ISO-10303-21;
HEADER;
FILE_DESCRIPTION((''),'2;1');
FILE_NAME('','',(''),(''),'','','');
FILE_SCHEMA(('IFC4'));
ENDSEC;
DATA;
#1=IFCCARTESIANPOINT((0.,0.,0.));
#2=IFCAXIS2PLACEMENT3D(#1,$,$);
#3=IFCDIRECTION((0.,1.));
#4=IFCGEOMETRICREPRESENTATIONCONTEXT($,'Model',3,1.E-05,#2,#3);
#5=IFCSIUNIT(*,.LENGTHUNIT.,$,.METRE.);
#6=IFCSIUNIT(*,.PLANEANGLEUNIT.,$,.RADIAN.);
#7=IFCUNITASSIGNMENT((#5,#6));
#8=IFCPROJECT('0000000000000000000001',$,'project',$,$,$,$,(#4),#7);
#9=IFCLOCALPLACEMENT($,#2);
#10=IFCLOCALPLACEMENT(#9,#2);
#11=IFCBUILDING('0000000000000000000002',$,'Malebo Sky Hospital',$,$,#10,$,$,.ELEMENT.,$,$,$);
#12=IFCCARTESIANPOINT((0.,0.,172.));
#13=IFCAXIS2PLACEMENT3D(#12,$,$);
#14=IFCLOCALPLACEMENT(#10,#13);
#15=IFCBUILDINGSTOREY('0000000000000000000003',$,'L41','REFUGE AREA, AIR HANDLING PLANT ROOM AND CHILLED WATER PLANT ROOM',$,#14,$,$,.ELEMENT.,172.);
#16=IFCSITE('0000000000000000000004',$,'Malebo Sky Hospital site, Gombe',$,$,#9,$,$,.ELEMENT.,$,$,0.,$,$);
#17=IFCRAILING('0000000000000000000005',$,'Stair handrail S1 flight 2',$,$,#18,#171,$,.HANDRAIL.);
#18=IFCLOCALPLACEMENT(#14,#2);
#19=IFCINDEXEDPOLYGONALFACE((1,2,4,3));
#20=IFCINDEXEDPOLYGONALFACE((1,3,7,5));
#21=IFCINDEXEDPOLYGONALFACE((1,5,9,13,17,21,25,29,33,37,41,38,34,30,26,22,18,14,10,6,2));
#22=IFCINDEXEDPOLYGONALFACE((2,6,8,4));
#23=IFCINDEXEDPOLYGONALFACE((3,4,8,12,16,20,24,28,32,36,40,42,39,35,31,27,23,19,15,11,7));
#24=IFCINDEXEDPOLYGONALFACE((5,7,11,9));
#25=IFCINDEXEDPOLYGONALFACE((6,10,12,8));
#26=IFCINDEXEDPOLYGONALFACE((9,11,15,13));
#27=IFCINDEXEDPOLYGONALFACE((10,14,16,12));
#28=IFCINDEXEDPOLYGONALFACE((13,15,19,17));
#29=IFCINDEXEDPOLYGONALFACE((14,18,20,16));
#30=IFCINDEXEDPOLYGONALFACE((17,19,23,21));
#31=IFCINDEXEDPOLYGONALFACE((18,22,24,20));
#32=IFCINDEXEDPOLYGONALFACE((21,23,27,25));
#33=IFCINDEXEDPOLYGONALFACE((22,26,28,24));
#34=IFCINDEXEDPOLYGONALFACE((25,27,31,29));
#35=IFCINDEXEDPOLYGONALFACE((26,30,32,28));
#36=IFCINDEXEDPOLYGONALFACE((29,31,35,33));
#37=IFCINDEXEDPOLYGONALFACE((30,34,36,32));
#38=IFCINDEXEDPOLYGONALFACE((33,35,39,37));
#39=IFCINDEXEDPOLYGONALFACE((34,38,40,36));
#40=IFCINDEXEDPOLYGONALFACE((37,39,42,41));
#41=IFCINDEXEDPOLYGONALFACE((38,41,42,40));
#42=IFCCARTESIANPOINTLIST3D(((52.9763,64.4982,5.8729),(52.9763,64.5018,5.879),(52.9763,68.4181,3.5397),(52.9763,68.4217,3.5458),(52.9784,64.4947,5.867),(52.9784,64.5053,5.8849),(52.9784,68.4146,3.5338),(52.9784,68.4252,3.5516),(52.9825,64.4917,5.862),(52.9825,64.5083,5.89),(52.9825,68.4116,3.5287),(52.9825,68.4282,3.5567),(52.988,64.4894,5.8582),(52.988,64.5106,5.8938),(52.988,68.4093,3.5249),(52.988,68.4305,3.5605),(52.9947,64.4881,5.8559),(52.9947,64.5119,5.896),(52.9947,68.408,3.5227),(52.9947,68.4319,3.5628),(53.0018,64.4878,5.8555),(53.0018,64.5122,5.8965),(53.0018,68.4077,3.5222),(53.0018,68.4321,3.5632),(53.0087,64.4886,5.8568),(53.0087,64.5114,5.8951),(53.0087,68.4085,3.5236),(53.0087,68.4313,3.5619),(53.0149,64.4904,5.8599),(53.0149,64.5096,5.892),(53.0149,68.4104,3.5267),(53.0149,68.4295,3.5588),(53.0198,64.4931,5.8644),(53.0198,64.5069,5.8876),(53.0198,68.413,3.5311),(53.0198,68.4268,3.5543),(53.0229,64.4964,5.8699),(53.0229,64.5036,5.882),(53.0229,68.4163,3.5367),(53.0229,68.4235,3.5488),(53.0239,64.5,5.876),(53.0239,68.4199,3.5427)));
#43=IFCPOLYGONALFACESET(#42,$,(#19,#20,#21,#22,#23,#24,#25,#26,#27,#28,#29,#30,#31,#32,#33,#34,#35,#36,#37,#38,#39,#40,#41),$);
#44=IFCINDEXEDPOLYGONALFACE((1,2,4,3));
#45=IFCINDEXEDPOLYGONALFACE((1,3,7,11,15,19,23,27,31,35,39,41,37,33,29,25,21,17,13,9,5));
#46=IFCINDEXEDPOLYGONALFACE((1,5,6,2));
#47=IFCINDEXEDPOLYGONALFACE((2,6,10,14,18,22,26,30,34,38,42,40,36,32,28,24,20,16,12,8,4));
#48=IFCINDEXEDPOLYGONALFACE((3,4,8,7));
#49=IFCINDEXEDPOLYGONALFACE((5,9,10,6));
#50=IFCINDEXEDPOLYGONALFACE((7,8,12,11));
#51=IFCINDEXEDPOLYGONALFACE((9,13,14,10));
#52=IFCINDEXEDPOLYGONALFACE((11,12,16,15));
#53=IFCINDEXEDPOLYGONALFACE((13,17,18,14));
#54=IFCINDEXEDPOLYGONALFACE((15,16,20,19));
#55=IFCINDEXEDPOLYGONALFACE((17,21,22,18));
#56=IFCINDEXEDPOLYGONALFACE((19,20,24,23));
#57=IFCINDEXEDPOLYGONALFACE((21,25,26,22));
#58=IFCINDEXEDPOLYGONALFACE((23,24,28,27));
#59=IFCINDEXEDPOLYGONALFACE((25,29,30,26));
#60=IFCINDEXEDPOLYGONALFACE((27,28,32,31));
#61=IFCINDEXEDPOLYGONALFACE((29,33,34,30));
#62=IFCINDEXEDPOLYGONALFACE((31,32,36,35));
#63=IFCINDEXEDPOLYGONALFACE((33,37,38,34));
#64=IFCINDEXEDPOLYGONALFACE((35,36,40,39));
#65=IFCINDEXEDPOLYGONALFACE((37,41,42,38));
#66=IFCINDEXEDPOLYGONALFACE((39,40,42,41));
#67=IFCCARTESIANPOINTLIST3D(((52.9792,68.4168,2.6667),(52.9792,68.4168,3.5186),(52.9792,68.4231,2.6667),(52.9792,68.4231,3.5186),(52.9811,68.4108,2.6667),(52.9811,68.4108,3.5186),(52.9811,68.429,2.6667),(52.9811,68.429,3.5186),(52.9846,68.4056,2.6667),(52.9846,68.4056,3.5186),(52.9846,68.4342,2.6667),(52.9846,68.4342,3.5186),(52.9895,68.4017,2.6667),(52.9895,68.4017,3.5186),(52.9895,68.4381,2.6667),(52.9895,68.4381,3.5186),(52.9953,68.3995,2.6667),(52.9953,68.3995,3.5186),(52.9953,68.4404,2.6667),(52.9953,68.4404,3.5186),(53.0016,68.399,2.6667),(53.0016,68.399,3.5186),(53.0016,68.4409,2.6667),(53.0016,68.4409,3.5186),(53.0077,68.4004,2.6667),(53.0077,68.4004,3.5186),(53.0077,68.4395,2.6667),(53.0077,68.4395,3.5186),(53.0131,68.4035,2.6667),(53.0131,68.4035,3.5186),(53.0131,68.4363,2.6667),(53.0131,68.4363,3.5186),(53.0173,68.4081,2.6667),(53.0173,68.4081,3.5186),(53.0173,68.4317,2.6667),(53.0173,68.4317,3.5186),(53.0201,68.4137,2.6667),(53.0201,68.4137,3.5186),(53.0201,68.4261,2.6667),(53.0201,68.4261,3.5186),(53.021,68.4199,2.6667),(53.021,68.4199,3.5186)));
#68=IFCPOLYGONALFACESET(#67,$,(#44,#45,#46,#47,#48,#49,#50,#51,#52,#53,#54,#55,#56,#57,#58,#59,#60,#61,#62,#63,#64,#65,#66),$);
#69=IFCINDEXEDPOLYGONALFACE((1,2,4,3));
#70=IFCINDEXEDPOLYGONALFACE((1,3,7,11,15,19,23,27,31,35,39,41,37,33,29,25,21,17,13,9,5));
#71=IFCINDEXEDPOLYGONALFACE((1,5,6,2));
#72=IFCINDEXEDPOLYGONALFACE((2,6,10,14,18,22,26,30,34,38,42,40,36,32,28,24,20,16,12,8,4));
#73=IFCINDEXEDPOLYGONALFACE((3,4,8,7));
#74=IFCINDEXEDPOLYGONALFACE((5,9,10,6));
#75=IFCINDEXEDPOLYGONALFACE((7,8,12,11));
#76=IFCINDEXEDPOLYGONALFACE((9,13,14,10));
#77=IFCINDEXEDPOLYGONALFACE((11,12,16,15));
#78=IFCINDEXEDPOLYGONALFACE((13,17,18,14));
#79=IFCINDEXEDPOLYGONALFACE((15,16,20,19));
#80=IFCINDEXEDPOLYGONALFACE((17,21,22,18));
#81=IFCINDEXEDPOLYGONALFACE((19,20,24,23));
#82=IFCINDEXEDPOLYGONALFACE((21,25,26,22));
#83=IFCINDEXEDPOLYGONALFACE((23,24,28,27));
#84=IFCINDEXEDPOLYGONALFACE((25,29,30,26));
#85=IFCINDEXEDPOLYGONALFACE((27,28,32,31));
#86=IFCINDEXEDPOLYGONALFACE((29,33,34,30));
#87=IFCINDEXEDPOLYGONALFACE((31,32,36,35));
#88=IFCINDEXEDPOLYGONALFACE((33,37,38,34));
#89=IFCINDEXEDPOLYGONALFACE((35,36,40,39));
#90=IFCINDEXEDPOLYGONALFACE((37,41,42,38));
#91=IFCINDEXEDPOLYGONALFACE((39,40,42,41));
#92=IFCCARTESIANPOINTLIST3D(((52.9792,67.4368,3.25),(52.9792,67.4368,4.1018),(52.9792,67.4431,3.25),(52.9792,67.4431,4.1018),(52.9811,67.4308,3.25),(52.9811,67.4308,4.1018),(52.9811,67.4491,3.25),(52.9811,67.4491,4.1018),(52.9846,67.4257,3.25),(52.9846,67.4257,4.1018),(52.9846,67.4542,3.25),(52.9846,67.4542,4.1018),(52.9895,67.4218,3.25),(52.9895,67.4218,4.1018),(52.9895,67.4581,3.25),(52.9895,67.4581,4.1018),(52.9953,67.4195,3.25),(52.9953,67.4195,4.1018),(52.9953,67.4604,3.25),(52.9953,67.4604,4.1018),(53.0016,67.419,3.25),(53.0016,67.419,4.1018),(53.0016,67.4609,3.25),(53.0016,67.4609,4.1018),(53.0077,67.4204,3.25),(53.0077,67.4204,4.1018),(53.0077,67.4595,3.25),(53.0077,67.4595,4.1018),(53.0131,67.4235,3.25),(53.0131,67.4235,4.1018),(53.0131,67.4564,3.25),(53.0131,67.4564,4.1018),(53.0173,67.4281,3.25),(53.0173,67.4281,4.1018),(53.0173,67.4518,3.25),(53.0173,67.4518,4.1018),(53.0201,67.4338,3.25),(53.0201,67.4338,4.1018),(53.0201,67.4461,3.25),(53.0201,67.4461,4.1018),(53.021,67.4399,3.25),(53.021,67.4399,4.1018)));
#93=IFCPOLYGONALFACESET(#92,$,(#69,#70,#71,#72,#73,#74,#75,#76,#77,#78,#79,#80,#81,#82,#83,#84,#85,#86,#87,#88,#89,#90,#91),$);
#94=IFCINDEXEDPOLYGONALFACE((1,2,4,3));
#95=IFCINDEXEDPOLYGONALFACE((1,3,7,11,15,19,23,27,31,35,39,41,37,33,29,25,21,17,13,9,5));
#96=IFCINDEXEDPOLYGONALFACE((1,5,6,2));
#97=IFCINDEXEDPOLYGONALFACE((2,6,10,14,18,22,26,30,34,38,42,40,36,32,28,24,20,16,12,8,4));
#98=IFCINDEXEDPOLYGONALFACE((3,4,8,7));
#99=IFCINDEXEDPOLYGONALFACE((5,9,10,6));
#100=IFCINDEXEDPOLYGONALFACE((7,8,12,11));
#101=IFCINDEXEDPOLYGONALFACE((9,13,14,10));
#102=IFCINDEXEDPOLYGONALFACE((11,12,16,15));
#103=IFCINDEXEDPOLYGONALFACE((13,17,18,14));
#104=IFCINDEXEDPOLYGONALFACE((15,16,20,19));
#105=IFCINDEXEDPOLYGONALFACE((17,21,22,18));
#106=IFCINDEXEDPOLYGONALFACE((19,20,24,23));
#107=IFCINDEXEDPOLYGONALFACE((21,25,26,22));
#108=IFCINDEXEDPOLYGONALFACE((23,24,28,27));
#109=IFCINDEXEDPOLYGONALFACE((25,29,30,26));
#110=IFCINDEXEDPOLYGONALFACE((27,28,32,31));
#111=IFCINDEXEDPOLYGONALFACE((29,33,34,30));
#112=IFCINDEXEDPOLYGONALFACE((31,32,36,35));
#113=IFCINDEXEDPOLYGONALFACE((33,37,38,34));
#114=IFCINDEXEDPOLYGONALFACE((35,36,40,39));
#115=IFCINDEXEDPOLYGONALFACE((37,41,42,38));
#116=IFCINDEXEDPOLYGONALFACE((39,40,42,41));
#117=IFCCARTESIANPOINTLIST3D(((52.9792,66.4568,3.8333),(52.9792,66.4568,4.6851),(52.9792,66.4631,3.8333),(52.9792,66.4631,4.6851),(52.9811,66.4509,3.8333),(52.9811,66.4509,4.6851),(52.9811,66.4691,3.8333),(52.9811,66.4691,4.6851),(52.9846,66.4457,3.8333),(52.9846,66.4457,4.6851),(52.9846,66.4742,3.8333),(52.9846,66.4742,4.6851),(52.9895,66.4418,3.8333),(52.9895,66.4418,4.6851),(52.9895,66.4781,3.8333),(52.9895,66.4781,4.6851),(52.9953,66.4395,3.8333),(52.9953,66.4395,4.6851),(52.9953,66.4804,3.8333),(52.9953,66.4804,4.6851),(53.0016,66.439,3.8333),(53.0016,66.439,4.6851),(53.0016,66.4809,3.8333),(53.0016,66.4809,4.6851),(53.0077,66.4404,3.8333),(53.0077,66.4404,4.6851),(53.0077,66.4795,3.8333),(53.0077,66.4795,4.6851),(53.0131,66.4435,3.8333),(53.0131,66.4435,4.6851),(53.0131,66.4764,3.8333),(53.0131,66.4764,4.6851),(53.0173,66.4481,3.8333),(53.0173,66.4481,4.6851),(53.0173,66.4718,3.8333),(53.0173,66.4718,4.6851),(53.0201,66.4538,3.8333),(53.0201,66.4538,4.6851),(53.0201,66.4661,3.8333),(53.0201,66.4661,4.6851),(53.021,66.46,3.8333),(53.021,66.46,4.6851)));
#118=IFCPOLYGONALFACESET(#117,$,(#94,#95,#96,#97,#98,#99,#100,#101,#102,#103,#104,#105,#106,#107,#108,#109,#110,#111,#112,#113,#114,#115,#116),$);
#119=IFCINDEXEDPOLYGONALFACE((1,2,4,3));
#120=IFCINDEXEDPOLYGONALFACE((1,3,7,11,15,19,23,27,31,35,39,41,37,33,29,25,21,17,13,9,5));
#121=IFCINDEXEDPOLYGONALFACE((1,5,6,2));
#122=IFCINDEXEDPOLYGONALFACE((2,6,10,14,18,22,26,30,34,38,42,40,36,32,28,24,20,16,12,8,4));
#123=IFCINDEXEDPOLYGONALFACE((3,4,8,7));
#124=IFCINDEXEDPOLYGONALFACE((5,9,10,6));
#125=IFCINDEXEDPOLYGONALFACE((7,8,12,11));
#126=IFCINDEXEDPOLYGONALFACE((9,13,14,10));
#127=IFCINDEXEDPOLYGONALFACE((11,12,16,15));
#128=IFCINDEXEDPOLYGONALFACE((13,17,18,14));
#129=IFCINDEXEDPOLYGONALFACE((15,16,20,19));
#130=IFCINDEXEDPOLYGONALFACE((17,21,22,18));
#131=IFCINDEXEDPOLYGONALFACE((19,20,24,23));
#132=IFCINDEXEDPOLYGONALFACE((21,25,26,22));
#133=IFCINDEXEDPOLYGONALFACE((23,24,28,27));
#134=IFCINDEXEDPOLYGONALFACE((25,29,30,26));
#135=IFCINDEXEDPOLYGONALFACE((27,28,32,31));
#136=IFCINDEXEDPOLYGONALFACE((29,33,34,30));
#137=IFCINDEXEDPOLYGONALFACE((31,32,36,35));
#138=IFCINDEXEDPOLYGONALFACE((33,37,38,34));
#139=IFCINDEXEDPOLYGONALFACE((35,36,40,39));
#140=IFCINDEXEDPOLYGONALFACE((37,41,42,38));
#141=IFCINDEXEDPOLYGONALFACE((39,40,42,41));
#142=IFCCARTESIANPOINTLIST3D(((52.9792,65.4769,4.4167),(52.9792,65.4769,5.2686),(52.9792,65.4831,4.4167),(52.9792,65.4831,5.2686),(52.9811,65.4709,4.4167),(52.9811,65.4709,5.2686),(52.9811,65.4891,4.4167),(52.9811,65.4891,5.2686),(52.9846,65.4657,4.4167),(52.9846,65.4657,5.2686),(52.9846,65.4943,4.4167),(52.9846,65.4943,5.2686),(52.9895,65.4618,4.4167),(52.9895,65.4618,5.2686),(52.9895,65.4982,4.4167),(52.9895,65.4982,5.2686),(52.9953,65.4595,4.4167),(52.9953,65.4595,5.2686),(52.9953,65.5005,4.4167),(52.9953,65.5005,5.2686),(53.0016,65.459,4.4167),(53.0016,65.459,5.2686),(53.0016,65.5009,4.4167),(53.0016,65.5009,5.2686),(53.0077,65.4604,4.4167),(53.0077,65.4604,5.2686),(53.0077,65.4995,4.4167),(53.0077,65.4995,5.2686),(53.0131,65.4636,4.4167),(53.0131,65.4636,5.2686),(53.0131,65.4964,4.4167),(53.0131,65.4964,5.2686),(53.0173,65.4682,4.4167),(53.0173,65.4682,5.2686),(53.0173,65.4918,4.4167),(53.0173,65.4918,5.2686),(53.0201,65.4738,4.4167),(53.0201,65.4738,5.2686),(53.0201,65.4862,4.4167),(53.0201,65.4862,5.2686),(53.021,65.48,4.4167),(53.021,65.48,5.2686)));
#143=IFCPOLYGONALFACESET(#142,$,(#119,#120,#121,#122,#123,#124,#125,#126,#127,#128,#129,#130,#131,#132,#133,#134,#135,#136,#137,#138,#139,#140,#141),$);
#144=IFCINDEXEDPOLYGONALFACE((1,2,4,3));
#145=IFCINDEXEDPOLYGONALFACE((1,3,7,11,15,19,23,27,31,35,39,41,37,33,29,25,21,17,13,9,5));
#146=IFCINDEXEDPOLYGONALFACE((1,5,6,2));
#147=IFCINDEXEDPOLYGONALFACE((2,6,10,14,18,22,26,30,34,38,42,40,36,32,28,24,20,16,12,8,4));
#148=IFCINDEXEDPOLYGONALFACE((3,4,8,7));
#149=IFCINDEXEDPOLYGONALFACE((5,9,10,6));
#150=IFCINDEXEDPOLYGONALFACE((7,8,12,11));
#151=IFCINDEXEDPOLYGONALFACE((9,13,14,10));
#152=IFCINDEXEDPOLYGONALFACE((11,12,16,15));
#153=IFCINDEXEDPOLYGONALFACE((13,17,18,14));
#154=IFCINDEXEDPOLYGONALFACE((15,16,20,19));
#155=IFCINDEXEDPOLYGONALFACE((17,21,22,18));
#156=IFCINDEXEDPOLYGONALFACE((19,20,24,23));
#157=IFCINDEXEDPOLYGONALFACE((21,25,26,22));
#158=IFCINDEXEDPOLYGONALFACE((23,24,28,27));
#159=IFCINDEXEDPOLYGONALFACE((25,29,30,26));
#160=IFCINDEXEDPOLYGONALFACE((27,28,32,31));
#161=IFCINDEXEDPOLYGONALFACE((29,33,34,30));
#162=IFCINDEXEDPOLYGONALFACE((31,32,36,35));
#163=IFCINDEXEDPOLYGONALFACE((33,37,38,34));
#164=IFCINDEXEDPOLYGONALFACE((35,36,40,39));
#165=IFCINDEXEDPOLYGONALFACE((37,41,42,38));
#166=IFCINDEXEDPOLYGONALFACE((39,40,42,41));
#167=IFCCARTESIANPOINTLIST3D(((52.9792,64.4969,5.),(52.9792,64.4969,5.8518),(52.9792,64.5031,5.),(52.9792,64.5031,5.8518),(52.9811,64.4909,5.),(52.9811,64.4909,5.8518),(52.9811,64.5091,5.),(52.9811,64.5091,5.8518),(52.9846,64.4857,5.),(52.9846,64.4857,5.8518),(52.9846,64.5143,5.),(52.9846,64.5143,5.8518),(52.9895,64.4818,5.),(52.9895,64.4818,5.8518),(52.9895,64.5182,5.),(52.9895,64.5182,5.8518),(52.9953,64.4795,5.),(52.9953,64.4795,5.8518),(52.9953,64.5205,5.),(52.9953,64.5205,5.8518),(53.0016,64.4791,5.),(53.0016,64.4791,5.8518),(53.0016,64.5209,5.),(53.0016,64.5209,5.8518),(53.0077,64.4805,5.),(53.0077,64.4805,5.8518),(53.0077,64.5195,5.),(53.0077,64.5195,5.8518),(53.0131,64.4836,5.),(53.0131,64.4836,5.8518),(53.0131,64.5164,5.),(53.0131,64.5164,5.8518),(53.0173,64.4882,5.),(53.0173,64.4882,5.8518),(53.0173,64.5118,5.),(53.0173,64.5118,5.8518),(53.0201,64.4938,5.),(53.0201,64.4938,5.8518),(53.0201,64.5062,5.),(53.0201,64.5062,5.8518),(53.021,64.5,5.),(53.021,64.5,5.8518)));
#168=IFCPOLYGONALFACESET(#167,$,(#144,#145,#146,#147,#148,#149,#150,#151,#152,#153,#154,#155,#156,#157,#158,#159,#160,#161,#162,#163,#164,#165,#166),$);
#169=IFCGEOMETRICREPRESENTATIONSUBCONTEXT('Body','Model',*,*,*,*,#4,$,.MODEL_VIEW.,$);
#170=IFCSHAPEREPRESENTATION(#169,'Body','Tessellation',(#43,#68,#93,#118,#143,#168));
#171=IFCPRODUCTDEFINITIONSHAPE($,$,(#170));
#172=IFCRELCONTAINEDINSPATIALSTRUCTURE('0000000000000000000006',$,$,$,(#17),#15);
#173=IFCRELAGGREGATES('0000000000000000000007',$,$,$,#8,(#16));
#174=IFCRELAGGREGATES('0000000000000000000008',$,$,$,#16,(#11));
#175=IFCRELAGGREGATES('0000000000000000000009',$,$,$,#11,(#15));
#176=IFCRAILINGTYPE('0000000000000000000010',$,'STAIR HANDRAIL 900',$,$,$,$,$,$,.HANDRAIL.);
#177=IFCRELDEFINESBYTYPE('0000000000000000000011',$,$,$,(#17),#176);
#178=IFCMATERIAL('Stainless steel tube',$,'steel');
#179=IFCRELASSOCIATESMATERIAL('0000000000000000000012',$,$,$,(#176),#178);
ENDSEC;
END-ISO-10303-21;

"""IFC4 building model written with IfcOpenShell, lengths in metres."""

from ifc_helpers import new_model, si_unit, direction, frame, origin, origin_2d, place, context, subcontext, project, spatial, circle, extrude, material, type_object, element, save


model = new_model("IFC4")

# Units and contexts
model_context = context("Model", 3, precision=1e-05, world=origin(), true_north=direction((0.0, 1.0)))
body_context = subcontext(model_context, "Body", "Model", "MODEL_VIEW")
ifc_project = project(units=[si_unit("LENGTHUNIT", "METRE"), si_unit("PLANEANGLEUNIT", "RADIAN")], contexts=[model_context])

# Site, building, storey
site_placement = place(None, origin())
site = spatial("IfcSite", under=ifc_project, at=site_placement, Name="Malebo Sky Hospital site, Gombe", CompositionType="ELEMENT", RefElevation=0.0)
building_placement = place(site_placement, origin())
building = spatial("IfcBuilding", under=site, at=building_placement, Name="Malebo Sky Hospital", CompositionType="ELEMENT")
storey_placement = place(building_placement, frame((0.0, 0.0, 172.0)))
storey = spatial("IfcBuildingStorey", under=building, at=storey_placement, Name="L41", Description="REFUGE AREA, AIR HANDLING PLANT ROOM AND CHILLED WATER PLANT ROOM", CompositionType="ELEMENT", Elevation=172.0)

# Railing
ifc_material_1 = material(Name="Stainless steel tube", Category="steel")
railing_type = type_object("IfcRailingType", Name="STAIR HANDRAIL 900", PredefinedType="HANDRAIL", material=ifc_material_1)
railing_1_placement = place(storey_placement, frame((53.0, 68.4199, 2.6667)))
element("IfcRailing", 1, at=railing_1_placement, inside=storey, type_object=railing_type, Name="Stair handrail S1 flight 2", PredefinedType="HANDRAIL", context=body_context, shape_type="SweptSolid", body=[
    extrude(circle(Radius=0.0239, at=origin_2d()), frame((0.0, 0.0, 0.876), z_axis=(0.0, -0.859296, 0.511478), x_axis=(1.0, 0.0, 0.0)), (0.0, 0.0, 1.0), 4.5618),
    extrude(circle(Radius=0.021, at=origin_2d()), origin(), (0.0, 0.0, 1.0), 0.8518),
    extrude(circle(Radius=0.021, at=origin_2d()), frame((0.0, -0.98, 0.5833)), (0.0, 0.0, 1.0), 0.8518),
    extrude(circle(Radius=0.021, at=origin_2d()), frame((0.0, -1.96, 1.1665)), (0.0, 0.0, 1.0), 0.8518),
    extrude(circle(Radius=0.021, at=origin_2d()), frame((0.0, -2.9399, 1.75)), (0.0, 0.0, 1.0), 0.8518),
    extrude(circle(Radius=0.021, at=origin_2d()), frame((0.0, -3.9199, 2.3333)), (0.0, 0.0, 1.0), 0.8518),
])

save(model, "model.ifc")
